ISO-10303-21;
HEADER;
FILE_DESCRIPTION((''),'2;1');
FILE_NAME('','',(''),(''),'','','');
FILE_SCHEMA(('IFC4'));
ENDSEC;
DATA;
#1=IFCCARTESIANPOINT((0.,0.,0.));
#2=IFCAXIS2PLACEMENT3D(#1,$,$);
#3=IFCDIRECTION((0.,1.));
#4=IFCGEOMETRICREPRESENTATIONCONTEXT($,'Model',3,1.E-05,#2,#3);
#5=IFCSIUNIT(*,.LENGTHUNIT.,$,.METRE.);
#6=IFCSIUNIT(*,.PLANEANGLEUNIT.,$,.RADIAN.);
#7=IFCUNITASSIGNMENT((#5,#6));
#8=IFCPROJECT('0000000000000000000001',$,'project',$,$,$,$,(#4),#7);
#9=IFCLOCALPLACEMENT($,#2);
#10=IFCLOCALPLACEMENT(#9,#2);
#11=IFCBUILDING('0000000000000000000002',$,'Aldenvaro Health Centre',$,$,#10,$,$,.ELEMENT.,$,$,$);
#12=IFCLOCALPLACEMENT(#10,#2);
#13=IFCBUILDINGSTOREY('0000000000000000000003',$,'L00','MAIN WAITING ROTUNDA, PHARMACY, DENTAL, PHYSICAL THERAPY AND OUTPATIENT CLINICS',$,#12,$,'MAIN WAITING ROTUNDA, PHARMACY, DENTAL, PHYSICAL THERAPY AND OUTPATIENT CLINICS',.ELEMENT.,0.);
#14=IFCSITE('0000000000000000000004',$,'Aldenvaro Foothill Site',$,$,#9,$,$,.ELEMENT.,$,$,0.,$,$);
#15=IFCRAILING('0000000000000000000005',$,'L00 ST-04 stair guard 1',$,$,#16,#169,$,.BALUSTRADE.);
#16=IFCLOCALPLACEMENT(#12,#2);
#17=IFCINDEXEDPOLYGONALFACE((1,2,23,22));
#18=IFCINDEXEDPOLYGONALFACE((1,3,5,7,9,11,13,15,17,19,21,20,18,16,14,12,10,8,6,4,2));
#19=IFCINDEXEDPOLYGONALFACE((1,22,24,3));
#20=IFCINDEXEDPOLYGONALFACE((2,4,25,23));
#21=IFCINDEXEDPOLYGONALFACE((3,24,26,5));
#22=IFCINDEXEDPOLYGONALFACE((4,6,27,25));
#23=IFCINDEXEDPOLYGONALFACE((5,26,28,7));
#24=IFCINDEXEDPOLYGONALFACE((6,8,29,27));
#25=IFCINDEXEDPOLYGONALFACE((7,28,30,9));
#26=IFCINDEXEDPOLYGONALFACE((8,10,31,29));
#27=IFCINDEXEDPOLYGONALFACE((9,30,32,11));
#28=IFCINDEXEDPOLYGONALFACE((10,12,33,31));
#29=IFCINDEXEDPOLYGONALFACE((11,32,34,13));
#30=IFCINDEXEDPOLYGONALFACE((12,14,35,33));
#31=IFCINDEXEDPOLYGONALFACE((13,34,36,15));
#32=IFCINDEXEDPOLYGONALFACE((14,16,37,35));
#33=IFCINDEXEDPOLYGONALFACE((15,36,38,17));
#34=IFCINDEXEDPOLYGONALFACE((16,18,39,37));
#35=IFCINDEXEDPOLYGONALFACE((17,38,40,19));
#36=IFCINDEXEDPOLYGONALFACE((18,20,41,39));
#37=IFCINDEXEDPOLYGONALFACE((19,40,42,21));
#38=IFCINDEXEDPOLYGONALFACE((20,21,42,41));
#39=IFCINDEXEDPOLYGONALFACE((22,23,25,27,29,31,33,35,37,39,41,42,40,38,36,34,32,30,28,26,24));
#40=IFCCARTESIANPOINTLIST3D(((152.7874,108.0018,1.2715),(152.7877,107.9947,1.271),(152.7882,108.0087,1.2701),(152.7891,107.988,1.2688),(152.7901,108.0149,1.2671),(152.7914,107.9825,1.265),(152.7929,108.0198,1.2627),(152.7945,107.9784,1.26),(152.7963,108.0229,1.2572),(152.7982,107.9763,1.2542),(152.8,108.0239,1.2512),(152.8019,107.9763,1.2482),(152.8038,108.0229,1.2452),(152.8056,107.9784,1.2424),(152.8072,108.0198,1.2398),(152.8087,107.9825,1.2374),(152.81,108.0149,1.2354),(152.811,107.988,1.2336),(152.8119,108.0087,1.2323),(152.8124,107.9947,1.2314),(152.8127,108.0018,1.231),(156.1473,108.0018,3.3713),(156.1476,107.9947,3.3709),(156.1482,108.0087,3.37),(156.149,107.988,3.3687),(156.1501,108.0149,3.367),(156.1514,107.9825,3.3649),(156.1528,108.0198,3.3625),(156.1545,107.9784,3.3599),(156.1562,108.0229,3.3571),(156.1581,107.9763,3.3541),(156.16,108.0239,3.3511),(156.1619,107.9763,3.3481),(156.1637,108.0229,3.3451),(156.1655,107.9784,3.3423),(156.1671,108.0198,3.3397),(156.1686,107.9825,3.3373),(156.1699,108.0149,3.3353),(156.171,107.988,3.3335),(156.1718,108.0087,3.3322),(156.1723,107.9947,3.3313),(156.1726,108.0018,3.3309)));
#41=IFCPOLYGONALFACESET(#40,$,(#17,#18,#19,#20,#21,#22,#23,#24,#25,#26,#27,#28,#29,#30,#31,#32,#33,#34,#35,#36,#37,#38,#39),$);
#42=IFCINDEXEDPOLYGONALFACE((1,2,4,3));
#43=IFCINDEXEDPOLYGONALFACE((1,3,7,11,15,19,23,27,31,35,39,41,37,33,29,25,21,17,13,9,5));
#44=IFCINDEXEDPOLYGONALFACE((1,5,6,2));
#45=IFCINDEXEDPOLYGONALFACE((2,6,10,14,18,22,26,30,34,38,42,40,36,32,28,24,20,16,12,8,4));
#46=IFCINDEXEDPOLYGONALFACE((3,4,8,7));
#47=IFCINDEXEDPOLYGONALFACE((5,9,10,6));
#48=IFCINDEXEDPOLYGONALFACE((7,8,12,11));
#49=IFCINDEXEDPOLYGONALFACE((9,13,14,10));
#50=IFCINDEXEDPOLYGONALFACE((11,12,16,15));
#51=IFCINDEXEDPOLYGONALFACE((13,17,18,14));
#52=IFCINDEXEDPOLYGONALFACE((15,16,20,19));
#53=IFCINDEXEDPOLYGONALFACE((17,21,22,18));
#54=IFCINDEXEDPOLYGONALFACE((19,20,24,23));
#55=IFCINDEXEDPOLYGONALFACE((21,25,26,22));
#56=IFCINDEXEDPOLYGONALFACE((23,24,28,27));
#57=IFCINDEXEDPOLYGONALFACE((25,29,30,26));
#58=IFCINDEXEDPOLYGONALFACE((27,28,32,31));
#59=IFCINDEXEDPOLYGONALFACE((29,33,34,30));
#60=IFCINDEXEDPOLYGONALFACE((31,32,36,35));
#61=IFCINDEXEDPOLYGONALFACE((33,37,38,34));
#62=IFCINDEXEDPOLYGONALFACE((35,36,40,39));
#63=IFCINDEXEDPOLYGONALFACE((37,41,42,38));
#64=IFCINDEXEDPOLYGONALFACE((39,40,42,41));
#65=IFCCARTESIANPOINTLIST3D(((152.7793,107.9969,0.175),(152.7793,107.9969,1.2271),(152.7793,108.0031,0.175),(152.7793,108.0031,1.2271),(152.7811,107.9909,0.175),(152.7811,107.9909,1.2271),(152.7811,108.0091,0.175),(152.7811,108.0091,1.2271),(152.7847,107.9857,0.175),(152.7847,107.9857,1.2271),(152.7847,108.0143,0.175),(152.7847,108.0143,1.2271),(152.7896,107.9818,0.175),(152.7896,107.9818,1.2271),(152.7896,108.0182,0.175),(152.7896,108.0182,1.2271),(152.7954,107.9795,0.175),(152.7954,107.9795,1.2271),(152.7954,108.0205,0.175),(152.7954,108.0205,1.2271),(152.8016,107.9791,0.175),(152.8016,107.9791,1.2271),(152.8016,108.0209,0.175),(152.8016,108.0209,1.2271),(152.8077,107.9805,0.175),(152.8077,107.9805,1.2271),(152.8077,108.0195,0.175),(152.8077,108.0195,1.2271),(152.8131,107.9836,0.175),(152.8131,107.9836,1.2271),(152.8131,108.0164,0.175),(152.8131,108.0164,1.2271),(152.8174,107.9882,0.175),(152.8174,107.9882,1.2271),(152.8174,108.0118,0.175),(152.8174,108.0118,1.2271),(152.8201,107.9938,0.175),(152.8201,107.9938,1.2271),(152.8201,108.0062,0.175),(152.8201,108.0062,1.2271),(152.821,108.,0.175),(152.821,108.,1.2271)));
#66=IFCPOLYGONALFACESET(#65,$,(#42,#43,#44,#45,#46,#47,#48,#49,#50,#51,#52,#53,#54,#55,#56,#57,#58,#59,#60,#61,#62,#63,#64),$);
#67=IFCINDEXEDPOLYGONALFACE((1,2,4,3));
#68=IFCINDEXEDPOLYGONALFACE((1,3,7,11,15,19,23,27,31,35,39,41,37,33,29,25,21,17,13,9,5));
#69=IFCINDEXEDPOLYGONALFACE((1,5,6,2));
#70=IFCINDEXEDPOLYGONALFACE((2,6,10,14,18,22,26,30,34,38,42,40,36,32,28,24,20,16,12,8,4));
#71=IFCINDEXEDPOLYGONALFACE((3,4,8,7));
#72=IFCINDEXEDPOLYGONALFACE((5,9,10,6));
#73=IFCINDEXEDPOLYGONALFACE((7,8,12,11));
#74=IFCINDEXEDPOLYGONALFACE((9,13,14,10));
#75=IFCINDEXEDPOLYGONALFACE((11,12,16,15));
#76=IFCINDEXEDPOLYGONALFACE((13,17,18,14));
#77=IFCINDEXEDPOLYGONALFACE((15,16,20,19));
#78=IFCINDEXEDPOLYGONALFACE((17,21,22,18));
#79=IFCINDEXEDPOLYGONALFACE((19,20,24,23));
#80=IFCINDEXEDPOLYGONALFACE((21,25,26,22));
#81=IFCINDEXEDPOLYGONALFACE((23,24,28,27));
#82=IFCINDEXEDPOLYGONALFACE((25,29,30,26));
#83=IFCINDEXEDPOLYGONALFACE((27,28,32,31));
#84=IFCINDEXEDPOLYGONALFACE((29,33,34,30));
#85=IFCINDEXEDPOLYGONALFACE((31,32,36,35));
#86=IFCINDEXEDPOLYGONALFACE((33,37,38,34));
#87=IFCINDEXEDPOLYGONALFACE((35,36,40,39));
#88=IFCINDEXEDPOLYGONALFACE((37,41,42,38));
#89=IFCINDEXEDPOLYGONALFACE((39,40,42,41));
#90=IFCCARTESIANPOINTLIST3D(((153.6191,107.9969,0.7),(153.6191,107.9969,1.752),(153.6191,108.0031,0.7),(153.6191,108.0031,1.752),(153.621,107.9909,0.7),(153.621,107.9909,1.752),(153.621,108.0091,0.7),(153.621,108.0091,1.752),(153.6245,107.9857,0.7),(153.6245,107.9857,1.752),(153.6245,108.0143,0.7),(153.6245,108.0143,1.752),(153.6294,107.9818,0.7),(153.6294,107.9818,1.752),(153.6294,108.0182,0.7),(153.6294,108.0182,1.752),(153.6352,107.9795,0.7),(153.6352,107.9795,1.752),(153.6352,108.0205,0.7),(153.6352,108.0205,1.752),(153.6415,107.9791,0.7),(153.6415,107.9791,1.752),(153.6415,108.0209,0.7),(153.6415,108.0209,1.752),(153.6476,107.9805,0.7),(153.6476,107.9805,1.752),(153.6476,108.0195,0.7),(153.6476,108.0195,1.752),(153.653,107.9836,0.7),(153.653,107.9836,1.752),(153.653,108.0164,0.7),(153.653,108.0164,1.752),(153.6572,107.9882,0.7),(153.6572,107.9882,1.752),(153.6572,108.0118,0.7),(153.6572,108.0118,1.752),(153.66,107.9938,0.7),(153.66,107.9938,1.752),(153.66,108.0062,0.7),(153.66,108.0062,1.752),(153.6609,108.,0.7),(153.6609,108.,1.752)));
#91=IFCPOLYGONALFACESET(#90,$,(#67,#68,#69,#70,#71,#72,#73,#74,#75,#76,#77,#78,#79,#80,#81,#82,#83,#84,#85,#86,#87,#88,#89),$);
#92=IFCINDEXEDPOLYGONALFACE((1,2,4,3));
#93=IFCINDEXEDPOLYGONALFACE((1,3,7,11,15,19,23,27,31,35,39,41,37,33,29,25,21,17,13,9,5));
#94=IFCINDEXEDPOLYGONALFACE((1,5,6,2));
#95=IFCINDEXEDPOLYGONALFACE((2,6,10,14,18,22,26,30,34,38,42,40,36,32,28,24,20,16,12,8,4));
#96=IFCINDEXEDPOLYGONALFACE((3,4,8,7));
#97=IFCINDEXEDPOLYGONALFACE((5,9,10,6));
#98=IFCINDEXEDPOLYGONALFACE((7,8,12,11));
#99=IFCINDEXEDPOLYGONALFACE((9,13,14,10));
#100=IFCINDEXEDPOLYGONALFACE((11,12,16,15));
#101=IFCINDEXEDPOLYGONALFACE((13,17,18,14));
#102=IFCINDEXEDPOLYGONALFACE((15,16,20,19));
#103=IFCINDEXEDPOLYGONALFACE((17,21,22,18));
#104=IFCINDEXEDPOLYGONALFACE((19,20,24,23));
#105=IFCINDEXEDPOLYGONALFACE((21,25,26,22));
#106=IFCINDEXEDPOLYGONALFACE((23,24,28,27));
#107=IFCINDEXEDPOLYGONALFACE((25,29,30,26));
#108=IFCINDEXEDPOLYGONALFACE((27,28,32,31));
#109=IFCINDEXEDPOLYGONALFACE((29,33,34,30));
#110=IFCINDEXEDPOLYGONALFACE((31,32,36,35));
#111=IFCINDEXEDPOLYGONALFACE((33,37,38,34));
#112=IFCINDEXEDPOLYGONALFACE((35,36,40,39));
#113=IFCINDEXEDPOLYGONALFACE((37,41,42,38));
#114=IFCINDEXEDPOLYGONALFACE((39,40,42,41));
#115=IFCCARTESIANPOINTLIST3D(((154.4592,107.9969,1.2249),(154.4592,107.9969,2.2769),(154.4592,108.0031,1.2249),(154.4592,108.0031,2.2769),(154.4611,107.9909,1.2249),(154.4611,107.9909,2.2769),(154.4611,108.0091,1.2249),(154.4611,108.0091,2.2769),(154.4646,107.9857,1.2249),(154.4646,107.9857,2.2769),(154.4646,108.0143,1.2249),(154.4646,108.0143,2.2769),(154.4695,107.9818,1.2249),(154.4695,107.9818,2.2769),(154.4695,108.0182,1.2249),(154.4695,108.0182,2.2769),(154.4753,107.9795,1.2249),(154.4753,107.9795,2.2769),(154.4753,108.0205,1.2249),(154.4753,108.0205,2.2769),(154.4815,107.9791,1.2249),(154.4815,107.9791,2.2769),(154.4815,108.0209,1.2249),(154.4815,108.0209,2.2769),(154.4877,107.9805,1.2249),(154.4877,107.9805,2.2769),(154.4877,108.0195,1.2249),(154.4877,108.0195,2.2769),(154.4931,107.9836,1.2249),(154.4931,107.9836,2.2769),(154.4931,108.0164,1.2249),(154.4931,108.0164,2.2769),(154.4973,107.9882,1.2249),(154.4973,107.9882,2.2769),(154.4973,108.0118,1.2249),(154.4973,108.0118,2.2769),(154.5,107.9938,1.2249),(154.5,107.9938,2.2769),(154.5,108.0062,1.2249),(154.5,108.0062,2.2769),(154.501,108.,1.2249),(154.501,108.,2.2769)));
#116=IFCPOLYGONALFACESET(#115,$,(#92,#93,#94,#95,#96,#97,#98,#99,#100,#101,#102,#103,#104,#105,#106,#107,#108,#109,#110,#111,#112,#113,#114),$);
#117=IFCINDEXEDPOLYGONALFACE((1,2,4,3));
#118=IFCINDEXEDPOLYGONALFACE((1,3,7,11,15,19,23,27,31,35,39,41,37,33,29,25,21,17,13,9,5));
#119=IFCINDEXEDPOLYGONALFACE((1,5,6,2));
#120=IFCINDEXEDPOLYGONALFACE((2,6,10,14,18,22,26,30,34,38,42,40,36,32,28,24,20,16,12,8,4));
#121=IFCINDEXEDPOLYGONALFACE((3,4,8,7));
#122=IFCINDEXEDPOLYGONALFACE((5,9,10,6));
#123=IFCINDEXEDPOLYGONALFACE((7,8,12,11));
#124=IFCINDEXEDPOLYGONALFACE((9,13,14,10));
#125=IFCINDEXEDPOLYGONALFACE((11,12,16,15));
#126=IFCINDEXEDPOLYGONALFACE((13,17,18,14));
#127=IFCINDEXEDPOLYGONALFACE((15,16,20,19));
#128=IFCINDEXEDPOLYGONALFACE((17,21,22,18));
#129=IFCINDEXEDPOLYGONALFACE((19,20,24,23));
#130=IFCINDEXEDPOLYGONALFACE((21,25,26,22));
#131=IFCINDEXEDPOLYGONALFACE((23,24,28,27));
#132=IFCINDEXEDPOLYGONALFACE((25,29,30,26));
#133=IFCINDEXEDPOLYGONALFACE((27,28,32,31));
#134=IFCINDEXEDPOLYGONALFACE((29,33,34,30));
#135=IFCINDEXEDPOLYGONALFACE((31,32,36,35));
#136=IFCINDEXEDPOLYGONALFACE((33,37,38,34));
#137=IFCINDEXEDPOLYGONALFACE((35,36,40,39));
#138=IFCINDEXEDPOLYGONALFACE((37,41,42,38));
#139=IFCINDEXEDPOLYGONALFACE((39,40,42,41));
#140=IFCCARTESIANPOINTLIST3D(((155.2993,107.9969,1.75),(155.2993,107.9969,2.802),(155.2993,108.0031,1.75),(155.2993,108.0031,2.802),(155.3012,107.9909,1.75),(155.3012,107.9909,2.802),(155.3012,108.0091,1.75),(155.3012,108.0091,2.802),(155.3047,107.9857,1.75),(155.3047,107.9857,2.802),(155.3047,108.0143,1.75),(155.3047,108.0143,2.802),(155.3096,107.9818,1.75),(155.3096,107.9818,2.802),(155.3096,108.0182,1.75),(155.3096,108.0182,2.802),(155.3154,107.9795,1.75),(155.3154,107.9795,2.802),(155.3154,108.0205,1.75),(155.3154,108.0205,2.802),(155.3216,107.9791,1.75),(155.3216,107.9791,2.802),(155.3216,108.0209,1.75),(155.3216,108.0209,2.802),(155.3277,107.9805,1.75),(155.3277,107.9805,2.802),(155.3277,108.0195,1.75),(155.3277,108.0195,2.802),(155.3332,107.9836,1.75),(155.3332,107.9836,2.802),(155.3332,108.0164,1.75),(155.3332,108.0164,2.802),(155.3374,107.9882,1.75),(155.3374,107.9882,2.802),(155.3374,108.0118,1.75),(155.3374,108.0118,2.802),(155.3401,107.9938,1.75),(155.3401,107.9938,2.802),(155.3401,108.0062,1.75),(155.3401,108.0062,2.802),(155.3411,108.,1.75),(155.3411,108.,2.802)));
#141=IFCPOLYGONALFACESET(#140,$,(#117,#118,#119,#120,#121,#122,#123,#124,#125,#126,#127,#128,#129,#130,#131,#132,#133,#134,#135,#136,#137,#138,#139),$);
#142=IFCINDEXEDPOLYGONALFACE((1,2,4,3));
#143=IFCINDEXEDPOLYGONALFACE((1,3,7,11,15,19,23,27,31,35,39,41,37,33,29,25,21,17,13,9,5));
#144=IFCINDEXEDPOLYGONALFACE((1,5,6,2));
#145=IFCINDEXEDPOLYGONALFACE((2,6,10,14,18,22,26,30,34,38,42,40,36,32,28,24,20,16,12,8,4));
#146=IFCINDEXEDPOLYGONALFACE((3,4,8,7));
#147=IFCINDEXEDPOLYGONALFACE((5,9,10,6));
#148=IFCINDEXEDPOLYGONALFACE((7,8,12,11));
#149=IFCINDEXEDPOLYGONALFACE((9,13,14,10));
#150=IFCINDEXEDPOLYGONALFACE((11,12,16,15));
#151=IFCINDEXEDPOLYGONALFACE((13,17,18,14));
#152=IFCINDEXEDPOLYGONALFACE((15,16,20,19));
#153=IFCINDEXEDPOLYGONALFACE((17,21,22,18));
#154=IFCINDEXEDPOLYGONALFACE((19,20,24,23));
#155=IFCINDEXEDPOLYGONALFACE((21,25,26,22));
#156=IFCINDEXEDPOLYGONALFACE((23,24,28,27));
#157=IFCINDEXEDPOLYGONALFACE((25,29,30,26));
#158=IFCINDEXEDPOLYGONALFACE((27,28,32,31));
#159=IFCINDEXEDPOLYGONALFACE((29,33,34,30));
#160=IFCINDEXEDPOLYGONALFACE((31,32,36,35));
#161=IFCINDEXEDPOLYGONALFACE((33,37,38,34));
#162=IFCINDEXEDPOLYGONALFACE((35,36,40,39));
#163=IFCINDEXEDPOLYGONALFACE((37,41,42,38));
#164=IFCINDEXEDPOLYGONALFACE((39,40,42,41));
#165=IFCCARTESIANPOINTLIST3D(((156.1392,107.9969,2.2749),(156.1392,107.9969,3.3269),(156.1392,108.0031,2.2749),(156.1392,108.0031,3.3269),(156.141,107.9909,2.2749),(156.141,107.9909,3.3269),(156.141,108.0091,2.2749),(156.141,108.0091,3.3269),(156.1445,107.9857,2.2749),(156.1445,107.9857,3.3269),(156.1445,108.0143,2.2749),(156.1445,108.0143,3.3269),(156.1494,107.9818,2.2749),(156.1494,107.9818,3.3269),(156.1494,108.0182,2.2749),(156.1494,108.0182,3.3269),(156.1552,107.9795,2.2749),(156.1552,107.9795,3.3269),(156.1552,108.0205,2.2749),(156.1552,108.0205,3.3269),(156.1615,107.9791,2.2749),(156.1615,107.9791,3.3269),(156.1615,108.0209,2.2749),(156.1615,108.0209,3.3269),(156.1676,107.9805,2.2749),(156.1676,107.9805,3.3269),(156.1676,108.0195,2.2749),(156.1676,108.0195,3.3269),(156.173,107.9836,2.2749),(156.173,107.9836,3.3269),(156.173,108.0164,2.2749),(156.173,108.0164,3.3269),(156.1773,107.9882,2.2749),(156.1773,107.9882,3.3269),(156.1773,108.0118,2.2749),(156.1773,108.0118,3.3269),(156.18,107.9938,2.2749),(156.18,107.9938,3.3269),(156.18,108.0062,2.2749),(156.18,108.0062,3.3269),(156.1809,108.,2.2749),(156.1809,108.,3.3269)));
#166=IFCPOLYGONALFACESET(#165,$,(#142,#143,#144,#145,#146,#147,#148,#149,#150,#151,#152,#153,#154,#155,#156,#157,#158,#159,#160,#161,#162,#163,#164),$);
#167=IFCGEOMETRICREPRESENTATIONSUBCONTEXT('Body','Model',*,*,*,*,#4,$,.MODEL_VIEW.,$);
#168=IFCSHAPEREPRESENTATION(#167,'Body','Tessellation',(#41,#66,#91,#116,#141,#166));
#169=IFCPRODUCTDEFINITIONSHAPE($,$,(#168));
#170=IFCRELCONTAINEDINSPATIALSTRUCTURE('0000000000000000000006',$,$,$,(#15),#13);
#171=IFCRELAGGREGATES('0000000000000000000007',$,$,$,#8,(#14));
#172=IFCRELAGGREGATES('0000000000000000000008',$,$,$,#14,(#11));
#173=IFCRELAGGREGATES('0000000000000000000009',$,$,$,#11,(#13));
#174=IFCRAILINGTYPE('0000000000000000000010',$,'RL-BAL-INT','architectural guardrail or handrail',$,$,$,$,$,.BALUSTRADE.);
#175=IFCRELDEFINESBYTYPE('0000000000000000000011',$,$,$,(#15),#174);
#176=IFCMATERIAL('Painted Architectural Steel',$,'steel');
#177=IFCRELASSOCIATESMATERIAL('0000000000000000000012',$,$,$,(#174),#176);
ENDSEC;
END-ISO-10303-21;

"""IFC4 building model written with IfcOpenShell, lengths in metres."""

from ifc_helpers import new_model, si_unit, direction, frame, origin, origin_2d, place, context, subcontext, project, spatial, circle, extrude, material, type_object, element, save


model = new_model("IFC4")

# Units and contexts
model_context = context("Model", 3, precision=1e-05, world=origin(), true_north=direction((0.0, 1.0)))
body_context = subcontext(model_context, "Body", "Model", "MODEL_VIEW")
ifc_project = project(units=[si_unit("LENGTHUNIT", "METRE"), si_unit("PLANEANGLEUNIT", "RADIAN")], contexts=[model_context])

# Site, building, storey
site_placement = place(None, origin())
site = spatial("IfcSite", under=ifc_project, at=site_placement, Name="Aldenvaro Foothill Site", CompositionType="ELEMENT", RefElevation=0.0)
building_placement = place(site_placement, origin())
building = spatial("IfcBuilding", under=site, at=building_placement, Name="Aldenvaro Health Centre", CompositionType="ELEMENT")
storey_placement = place(building_placement, origin())
storey = spatial("IfcBuildingStorey", under=building, at=storey_placement, Name="L00", Description="MAIN WAITING ROTUNDA, PHARMACY, DENTAL, PHYSICAL THERAPY AND OUTPATIENT CLINICS", LongName="MAIN WAITING ROTUNDA, PHARMACY, DENTAL, PHYSICAL THERAPY AND OUTPATIENT CLINICS", CompositionType="ELEMENT", Elevation=0.0)

# Railing
ifc_material_1 = material(Name="Painted Architectural Steel", Category="steel")
railing_type_1 = type_object("IfcRailingType", Name="RL-BAL-INT", Description="architectural guardrail or handrail", PredefinedType="BALUSTRADE", material=ifc_material_1)
railing_1_placement = place(storey_placement, frame((152.8, 108.0, 0.175)))
element("IfcRailing", 1, at=railing_1_placement, inside=storey, type_object=railing_type_1, Name="L00 ST-04 stair guard 1", PredefinedType="BALUSTRADE", context=body_context, shape_type="SweptSolid", body=[
    extrude(circle(Radius=0.0239, at=origin_2d()), frame((0.0, 0.0, 1.0762), z_axis=(0.848005, 0.0, 0.529988), x_axis=(0.0, 1.0, 0.0)), (0.0, 0.0, 1.0), 3.9622),
    extrude(circle(Radius=0.021, at=origin_2d()), origin(), (0.0, 0.0, 1.0), 1.052),
    extrude(circle(Radius=0.021, at=origin_2d()), frame((0.8398, 0.0, 0.5249)), (0.0, 0.0, 1.0), 1.052),
    extrude(circle(Radius=0.021, at=origin_2d()), frame((1.6799, 0.0, 1.0498)), (0.0, 0.0, 1.0), 1.052),
    extrude(circle(Radius=0.021, at=origin_2d()), frame((2.52, 0.0, 1.575)), (0.0, 0.0, 1.0), 1.052),
    extrude(circle(Radius=0.021, at=origin_2d()), frame((3.3599, 0.0, 2.0999)), (0.0, 0.0, 1.0), 1.052),
])

save(model, "model.ifc")
